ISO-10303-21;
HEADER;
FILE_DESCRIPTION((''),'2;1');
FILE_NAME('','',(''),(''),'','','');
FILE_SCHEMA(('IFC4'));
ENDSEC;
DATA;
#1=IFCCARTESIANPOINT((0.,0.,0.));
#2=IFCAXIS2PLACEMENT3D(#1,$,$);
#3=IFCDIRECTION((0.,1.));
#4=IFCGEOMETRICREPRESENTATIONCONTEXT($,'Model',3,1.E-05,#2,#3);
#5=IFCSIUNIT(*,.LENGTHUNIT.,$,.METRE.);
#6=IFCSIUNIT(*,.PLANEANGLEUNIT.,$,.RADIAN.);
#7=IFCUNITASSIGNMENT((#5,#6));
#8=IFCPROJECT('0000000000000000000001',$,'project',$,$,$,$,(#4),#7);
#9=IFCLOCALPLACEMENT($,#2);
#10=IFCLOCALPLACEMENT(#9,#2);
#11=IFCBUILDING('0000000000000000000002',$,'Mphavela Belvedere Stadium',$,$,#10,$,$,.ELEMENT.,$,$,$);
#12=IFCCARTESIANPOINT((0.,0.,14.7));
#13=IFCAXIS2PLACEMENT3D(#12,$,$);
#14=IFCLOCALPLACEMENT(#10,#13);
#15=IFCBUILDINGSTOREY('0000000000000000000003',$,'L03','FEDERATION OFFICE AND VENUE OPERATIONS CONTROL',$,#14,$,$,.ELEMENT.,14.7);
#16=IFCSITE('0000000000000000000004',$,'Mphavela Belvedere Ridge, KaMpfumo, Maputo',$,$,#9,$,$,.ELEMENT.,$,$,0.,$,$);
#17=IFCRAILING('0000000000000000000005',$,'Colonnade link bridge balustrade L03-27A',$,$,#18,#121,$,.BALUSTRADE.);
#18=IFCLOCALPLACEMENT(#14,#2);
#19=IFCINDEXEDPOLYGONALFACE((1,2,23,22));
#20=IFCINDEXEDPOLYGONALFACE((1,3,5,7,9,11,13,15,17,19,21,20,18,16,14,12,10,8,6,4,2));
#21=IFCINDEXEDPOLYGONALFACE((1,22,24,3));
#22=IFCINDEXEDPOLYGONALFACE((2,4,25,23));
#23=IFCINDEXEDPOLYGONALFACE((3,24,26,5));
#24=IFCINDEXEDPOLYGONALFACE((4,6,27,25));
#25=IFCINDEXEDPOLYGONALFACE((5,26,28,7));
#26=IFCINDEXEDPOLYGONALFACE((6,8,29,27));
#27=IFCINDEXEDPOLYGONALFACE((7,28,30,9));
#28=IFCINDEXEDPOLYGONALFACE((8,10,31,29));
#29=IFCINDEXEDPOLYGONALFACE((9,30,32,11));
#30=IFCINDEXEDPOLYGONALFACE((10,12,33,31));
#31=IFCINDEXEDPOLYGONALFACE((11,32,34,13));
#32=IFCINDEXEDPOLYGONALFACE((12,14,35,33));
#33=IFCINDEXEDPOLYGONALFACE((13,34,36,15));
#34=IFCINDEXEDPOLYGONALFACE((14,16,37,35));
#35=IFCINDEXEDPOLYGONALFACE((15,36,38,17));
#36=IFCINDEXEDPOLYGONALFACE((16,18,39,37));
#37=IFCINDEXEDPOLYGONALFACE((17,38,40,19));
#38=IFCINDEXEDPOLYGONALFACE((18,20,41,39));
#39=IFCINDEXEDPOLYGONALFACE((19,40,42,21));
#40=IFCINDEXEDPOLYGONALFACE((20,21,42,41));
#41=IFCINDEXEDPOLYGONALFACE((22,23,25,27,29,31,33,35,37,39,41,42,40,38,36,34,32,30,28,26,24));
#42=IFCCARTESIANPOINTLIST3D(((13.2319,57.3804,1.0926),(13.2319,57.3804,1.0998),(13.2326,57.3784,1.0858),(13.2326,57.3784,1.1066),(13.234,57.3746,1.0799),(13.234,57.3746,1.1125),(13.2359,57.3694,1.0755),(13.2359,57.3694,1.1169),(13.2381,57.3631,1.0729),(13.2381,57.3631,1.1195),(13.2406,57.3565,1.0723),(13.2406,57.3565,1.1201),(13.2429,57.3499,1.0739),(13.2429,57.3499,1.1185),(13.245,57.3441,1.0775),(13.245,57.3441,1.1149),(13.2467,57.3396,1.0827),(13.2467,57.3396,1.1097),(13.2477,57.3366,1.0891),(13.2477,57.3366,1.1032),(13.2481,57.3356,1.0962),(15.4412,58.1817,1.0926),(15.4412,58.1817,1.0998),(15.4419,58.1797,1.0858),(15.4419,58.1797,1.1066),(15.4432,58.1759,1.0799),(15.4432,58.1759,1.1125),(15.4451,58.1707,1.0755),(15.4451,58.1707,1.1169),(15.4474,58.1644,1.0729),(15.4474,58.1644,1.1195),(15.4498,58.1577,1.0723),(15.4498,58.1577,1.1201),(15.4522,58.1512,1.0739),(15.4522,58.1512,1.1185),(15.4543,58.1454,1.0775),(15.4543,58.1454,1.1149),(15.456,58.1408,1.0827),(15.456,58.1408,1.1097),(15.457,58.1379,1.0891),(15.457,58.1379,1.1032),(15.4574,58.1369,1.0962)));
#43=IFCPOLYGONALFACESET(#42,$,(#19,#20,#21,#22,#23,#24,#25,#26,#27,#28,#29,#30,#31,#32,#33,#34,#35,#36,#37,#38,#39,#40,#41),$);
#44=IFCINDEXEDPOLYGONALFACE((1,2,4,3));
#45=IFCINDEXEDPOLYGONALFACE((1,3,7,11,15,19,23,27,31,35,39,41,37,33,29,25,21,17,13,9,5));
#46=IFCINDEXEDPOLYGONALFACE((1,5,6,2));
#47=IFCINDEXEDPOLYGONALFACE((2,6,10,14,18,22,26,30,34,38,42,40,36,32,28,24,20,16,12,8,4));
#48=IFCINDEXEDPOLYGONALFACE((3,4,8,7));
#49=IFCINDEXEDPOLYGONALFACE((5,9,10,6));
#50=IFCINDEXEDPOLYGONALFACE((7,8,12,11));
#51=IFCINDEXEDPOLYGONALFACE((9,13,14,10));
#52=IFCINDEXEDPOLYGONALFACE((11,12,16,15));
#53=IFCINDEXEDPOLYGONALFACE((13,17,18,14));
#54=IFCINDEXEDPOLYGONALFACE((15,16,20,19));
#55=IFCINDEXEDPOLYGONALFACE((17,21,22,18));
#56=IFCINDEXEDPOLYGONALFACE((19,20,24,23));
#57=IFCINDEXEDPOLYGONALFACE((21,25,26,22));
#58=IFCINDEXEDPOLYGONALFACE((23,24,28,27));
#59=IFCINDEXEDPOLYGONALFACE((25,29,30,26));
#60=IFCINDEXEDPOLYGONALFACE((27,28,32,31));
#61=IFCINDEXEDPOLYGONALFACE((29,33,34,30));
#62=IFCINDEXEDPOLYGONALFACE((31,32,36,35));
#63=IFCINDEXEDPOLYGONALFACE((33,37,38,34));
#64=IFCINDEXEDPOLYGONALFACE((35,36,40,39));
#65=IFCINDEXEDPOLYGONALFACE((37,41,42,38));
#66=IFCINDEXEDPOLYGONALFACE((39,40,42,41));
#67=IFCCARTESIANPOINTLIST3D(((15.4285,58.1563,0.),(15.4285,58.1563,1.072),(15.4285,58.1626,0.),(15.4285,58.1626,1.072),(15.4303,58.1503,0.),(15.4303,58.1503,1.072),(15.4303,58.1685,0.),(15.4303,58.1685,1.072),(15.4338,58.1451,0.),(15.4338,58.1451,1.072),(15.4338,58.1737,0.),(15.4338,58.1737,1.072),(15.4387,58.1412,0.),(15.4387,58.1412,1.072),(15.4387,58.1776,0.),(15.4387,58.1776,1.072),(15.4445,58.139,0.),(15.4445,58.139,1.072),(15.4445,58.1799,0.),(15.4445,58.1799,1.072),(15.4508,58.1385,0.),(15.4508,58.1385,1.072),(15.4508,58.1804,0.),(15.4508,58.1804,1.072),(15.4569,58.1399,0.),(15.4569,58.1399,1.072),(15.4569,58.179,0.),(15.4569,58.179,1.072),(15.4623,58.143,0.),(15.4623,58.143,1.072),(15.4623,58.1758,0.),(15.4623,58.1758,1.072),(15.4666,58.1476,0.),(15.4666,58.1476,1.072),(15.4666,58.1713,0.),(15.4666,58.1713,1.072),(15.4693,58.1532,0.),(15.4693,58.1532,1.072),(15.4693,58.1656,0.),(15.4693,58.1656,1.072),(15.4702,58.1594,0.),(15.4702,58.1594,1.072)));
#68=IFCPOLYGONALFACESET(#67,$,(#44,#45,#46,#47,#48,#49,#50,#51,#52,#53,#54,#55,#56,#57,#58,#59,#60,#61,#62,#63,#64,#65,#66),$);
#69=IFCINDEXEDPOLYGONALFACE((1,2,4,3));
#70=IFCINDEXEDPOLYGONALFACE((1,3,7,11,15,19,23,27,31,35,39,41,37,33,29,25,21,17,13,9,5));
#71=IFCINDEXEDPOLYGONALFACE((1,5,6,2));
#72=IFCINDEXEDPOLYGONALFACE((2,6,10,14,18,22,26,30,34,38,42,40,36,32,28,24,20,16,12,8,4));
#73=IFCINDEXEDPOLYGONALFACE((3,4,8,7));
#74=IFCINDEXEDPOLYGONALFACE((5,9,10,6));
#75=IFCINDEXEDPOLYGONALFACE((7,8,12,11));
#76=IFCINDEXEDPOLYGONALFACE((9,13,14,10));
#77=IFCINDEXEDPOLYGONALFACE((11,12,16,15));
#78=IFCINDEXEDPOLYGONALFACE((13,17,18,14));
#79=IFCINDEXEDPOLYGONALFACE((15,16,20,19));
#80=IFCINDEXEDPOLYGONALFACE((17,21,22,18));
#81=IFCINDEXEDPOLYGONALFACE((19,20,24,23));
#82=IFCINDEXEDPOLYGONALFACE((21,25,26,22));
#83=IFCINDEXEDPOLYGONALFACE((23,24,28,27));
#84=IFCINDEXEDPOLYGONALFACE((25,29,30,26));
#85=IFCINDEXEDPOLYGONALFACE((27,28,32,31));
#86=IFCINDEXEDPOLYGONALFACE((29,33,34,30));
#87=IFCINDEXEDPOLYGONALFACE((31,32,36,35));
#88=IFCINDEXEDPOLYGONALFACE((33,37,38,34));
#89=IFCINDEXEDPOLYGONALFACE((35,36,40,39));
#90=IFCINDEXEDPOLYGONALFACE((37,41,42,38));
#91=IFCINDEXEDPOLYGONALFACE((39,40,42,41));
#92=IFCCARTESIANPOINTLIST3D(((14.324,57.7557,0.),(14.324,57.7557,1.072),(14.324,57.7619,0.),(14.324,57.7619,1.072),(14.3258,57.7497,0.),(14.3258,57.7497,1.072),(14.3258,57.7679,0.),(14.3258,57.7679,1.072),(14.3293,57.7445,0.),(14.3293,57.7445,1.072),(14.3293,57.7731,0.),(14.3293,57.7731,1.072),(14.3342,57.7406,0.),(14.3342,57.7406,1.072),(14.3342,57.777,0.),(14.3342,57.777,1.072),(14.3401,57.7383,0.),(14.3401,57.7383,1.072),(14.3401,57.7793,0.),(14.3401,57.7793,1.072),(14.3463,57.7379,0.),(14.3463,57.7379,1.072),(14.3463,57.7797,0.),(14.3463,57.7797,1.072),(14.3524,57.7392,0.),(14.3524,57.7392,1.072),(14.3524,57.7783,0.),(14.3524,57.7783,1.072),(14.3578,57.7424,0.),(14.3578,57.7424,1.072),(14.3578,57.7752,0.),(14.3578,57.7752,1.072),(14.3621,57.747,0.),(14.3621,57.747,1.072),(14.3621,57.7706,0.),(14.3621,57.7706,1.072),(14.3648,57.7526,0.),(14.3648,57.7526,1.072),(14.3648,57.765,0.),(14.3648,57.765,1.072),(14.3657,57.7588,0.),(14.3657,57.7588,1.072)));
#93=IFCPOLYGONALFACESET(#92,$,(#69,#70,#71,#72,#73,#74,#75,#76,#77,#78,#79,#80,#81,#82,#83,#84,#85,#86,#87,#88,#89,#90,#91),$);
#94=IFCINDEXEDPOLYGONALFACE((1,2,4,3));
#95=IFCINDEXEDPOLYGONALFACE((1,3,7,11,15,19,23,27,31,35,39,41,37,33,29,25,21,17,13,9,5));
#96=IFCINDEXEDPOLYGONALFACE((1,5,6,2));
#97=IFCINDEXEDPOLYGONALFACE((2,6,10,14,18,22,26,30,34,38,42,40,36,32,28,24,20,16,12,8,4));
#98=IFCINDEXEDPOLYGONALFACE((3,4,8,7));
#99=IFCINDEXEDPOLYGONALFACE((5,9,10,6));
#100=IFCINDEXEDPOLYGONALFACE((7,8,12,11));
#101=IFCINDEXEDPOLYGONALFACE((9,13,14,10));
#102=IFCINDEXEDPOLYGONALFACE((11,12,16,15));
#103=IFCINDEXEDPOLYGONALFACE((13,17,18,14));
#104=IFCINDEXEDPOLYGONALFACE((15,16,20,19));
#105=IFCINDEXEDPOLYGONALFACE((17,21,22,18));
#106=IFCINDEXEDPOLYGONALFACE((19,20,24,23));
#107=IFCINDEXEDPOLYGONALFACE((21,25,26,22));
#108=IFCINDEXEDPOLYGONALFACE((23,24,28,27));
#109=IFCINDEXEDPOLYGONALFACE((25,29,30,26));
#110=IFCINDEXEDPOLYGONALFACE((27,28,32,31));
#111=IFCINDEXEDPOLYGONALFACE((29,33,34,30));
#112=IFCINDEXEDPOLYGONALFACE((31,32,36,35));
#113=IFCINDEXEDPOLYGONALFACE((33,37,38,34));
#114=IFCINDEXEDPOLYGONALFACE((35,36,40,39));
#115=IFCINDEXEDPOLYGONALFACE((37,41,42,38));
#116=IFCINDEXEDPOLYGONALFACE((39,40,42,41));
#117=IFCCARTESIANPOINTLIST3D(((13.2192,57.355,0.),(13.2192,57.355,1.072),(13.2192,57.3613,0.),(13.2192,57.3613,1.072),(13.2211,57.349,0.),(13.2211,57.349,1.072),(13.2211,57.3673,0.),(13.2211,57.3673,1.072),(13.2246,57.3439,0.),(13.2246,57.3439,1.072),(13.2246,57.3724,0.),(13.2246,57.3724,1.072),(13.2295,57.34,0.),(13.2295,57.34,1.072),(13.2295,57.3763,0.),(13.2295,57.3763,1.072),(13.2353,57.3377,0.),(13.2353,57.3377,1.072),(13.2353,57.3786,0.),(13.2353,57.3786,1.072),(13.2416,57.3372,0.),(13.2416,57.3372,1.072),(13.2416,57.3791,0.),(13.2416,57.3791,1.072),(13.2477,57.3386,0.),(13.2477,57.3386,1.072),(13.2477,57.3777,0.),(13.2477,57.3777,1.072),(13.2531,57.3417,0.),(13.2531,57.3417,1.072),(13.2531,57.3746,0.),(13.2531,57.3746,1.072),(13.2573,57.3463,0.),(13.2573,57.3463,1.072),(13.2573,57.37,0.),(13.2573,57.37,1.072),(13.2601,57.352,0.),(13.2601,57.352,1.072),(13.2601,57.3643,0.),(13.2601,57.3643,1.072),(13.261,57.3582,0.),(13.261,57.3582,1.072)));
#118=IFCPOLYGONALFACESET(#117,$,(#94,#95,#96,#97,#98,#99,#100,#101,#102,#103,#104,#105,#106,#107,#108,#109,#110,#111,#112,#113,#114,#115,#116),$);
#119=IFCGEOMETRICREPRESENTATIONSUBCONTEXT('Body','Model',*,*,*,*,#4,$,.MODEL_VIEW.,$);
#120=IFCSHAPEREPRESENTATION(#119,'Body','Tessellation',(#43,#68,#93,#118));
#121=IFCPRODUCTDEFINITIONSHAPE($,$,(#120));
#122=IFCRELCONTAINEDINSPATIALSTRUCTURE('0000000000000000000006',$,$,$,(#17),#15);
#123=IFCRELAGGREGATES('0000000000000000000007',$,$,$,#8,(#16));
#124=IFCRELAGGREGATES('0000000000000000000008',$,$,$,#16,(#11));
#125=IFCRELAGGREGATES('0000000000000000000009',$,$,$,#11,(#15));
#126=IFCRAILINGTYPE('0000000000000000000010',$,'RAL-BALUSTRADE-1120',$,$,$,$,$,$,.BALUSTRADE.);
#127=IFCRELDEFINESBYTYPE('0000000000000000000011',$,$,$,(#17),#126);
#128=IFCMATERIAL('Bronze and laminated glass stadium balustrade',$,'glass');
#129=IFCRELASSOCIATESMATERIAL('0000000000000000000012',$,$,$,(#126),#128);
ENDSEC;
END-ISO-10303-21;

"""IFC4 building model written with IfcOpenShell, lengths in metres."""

from ifc_helpers import new_model, si_unit, direction, frame, origin, origin_2d, place, context, subcontext, project, spatial, circle, extrude, material, type_object, element, save


model = new_model("IFC4")

# Units and contexts
model_context = context("Model", 3, precision=1e-05, world=origin(), true_north=direction((0.0, 1.0)))
body_context = subcontext(model_context, "Body", "Model", "MODEL_VIEW")
ifc_project = project(units=[si_unit("LENGTHUNIT", "METRE"), si_unit("PLANEANGLEUNIT", "RADIAN")], contexts=[model_context])

# Site, building, storey
site_placement = place(None, origin())
site = spatial("IfcSite", under=ifc_project, at=site_placement, Name="Mphavela Belvedere Ridge, KaMpfumo, Maputo", CompositionType="ELEMENT", RefElevation=0.0)
building_placement = place(site_placement, origin())
building = spatial("IfcBuilding", under=site, at=building_placement, Name="Mphavela Belvedere Stadium", CompositionType="ELEMENT")
storey_placement = place(building_placement, frame((0.0, 0.0, 14.7)))
storey = spatial("IfcBuildingStorey", under=building, at=storey_placement, Name="L03", Description="FEDERATION OFFICE AND VENUE OPERATIONS CONTROL", CompositionType="ELEMENT", Elevation=14.7)

# Railing
ifc_material_1 = material(Name="Bronze and laminated glass stadium balustrade", Category="glass")
railing_type_1 = type_object("IfcRailingType", Name="RAL-BALUSTRADE-1120", PredefinedType="BALUSTRADE", material=ifc_material_1)
railing_1_placement = place(storey_placement, frame((15.4492, 58.1594, 0.0)))
element("IfcRailing", 1, at=railing_1_placement, inside=storey, type_object=railing_type_1, Name="Colonnade link bridge balustrade L03-27A", PredefinedType="BALUSTRADE", context=body_context, shape_type="SweptSolid", body=[
    extrude(circle(Radius=0.0239, at=origin_2d()), frame((0.0, 0.0, 1.0962), z_axis=(-0.940078, -0.340959, 0.0), x_axis=(0.340959, -0.940078, 0.0)), (0.0, 0.0, 1.0), 2.3501),
    extrude(circle(Radius=0.021, at=origin_2d()), origin(), (0.0, 0.0, 1.0), 1.072),
    extrude(circle(Radius=0.021, at=origin_2d()), frame((-1.1045, -0.4006, 0.0)), (0.0, 0.0, 1.0), 1.072),
    extrude(circle(Radius=0.021, at=origin_2d()), frame((-2.2092, -0.8013, 0.0)), (0.0, 0.0, 1.0), 1.072),
])

save(model, "model.ifc")
